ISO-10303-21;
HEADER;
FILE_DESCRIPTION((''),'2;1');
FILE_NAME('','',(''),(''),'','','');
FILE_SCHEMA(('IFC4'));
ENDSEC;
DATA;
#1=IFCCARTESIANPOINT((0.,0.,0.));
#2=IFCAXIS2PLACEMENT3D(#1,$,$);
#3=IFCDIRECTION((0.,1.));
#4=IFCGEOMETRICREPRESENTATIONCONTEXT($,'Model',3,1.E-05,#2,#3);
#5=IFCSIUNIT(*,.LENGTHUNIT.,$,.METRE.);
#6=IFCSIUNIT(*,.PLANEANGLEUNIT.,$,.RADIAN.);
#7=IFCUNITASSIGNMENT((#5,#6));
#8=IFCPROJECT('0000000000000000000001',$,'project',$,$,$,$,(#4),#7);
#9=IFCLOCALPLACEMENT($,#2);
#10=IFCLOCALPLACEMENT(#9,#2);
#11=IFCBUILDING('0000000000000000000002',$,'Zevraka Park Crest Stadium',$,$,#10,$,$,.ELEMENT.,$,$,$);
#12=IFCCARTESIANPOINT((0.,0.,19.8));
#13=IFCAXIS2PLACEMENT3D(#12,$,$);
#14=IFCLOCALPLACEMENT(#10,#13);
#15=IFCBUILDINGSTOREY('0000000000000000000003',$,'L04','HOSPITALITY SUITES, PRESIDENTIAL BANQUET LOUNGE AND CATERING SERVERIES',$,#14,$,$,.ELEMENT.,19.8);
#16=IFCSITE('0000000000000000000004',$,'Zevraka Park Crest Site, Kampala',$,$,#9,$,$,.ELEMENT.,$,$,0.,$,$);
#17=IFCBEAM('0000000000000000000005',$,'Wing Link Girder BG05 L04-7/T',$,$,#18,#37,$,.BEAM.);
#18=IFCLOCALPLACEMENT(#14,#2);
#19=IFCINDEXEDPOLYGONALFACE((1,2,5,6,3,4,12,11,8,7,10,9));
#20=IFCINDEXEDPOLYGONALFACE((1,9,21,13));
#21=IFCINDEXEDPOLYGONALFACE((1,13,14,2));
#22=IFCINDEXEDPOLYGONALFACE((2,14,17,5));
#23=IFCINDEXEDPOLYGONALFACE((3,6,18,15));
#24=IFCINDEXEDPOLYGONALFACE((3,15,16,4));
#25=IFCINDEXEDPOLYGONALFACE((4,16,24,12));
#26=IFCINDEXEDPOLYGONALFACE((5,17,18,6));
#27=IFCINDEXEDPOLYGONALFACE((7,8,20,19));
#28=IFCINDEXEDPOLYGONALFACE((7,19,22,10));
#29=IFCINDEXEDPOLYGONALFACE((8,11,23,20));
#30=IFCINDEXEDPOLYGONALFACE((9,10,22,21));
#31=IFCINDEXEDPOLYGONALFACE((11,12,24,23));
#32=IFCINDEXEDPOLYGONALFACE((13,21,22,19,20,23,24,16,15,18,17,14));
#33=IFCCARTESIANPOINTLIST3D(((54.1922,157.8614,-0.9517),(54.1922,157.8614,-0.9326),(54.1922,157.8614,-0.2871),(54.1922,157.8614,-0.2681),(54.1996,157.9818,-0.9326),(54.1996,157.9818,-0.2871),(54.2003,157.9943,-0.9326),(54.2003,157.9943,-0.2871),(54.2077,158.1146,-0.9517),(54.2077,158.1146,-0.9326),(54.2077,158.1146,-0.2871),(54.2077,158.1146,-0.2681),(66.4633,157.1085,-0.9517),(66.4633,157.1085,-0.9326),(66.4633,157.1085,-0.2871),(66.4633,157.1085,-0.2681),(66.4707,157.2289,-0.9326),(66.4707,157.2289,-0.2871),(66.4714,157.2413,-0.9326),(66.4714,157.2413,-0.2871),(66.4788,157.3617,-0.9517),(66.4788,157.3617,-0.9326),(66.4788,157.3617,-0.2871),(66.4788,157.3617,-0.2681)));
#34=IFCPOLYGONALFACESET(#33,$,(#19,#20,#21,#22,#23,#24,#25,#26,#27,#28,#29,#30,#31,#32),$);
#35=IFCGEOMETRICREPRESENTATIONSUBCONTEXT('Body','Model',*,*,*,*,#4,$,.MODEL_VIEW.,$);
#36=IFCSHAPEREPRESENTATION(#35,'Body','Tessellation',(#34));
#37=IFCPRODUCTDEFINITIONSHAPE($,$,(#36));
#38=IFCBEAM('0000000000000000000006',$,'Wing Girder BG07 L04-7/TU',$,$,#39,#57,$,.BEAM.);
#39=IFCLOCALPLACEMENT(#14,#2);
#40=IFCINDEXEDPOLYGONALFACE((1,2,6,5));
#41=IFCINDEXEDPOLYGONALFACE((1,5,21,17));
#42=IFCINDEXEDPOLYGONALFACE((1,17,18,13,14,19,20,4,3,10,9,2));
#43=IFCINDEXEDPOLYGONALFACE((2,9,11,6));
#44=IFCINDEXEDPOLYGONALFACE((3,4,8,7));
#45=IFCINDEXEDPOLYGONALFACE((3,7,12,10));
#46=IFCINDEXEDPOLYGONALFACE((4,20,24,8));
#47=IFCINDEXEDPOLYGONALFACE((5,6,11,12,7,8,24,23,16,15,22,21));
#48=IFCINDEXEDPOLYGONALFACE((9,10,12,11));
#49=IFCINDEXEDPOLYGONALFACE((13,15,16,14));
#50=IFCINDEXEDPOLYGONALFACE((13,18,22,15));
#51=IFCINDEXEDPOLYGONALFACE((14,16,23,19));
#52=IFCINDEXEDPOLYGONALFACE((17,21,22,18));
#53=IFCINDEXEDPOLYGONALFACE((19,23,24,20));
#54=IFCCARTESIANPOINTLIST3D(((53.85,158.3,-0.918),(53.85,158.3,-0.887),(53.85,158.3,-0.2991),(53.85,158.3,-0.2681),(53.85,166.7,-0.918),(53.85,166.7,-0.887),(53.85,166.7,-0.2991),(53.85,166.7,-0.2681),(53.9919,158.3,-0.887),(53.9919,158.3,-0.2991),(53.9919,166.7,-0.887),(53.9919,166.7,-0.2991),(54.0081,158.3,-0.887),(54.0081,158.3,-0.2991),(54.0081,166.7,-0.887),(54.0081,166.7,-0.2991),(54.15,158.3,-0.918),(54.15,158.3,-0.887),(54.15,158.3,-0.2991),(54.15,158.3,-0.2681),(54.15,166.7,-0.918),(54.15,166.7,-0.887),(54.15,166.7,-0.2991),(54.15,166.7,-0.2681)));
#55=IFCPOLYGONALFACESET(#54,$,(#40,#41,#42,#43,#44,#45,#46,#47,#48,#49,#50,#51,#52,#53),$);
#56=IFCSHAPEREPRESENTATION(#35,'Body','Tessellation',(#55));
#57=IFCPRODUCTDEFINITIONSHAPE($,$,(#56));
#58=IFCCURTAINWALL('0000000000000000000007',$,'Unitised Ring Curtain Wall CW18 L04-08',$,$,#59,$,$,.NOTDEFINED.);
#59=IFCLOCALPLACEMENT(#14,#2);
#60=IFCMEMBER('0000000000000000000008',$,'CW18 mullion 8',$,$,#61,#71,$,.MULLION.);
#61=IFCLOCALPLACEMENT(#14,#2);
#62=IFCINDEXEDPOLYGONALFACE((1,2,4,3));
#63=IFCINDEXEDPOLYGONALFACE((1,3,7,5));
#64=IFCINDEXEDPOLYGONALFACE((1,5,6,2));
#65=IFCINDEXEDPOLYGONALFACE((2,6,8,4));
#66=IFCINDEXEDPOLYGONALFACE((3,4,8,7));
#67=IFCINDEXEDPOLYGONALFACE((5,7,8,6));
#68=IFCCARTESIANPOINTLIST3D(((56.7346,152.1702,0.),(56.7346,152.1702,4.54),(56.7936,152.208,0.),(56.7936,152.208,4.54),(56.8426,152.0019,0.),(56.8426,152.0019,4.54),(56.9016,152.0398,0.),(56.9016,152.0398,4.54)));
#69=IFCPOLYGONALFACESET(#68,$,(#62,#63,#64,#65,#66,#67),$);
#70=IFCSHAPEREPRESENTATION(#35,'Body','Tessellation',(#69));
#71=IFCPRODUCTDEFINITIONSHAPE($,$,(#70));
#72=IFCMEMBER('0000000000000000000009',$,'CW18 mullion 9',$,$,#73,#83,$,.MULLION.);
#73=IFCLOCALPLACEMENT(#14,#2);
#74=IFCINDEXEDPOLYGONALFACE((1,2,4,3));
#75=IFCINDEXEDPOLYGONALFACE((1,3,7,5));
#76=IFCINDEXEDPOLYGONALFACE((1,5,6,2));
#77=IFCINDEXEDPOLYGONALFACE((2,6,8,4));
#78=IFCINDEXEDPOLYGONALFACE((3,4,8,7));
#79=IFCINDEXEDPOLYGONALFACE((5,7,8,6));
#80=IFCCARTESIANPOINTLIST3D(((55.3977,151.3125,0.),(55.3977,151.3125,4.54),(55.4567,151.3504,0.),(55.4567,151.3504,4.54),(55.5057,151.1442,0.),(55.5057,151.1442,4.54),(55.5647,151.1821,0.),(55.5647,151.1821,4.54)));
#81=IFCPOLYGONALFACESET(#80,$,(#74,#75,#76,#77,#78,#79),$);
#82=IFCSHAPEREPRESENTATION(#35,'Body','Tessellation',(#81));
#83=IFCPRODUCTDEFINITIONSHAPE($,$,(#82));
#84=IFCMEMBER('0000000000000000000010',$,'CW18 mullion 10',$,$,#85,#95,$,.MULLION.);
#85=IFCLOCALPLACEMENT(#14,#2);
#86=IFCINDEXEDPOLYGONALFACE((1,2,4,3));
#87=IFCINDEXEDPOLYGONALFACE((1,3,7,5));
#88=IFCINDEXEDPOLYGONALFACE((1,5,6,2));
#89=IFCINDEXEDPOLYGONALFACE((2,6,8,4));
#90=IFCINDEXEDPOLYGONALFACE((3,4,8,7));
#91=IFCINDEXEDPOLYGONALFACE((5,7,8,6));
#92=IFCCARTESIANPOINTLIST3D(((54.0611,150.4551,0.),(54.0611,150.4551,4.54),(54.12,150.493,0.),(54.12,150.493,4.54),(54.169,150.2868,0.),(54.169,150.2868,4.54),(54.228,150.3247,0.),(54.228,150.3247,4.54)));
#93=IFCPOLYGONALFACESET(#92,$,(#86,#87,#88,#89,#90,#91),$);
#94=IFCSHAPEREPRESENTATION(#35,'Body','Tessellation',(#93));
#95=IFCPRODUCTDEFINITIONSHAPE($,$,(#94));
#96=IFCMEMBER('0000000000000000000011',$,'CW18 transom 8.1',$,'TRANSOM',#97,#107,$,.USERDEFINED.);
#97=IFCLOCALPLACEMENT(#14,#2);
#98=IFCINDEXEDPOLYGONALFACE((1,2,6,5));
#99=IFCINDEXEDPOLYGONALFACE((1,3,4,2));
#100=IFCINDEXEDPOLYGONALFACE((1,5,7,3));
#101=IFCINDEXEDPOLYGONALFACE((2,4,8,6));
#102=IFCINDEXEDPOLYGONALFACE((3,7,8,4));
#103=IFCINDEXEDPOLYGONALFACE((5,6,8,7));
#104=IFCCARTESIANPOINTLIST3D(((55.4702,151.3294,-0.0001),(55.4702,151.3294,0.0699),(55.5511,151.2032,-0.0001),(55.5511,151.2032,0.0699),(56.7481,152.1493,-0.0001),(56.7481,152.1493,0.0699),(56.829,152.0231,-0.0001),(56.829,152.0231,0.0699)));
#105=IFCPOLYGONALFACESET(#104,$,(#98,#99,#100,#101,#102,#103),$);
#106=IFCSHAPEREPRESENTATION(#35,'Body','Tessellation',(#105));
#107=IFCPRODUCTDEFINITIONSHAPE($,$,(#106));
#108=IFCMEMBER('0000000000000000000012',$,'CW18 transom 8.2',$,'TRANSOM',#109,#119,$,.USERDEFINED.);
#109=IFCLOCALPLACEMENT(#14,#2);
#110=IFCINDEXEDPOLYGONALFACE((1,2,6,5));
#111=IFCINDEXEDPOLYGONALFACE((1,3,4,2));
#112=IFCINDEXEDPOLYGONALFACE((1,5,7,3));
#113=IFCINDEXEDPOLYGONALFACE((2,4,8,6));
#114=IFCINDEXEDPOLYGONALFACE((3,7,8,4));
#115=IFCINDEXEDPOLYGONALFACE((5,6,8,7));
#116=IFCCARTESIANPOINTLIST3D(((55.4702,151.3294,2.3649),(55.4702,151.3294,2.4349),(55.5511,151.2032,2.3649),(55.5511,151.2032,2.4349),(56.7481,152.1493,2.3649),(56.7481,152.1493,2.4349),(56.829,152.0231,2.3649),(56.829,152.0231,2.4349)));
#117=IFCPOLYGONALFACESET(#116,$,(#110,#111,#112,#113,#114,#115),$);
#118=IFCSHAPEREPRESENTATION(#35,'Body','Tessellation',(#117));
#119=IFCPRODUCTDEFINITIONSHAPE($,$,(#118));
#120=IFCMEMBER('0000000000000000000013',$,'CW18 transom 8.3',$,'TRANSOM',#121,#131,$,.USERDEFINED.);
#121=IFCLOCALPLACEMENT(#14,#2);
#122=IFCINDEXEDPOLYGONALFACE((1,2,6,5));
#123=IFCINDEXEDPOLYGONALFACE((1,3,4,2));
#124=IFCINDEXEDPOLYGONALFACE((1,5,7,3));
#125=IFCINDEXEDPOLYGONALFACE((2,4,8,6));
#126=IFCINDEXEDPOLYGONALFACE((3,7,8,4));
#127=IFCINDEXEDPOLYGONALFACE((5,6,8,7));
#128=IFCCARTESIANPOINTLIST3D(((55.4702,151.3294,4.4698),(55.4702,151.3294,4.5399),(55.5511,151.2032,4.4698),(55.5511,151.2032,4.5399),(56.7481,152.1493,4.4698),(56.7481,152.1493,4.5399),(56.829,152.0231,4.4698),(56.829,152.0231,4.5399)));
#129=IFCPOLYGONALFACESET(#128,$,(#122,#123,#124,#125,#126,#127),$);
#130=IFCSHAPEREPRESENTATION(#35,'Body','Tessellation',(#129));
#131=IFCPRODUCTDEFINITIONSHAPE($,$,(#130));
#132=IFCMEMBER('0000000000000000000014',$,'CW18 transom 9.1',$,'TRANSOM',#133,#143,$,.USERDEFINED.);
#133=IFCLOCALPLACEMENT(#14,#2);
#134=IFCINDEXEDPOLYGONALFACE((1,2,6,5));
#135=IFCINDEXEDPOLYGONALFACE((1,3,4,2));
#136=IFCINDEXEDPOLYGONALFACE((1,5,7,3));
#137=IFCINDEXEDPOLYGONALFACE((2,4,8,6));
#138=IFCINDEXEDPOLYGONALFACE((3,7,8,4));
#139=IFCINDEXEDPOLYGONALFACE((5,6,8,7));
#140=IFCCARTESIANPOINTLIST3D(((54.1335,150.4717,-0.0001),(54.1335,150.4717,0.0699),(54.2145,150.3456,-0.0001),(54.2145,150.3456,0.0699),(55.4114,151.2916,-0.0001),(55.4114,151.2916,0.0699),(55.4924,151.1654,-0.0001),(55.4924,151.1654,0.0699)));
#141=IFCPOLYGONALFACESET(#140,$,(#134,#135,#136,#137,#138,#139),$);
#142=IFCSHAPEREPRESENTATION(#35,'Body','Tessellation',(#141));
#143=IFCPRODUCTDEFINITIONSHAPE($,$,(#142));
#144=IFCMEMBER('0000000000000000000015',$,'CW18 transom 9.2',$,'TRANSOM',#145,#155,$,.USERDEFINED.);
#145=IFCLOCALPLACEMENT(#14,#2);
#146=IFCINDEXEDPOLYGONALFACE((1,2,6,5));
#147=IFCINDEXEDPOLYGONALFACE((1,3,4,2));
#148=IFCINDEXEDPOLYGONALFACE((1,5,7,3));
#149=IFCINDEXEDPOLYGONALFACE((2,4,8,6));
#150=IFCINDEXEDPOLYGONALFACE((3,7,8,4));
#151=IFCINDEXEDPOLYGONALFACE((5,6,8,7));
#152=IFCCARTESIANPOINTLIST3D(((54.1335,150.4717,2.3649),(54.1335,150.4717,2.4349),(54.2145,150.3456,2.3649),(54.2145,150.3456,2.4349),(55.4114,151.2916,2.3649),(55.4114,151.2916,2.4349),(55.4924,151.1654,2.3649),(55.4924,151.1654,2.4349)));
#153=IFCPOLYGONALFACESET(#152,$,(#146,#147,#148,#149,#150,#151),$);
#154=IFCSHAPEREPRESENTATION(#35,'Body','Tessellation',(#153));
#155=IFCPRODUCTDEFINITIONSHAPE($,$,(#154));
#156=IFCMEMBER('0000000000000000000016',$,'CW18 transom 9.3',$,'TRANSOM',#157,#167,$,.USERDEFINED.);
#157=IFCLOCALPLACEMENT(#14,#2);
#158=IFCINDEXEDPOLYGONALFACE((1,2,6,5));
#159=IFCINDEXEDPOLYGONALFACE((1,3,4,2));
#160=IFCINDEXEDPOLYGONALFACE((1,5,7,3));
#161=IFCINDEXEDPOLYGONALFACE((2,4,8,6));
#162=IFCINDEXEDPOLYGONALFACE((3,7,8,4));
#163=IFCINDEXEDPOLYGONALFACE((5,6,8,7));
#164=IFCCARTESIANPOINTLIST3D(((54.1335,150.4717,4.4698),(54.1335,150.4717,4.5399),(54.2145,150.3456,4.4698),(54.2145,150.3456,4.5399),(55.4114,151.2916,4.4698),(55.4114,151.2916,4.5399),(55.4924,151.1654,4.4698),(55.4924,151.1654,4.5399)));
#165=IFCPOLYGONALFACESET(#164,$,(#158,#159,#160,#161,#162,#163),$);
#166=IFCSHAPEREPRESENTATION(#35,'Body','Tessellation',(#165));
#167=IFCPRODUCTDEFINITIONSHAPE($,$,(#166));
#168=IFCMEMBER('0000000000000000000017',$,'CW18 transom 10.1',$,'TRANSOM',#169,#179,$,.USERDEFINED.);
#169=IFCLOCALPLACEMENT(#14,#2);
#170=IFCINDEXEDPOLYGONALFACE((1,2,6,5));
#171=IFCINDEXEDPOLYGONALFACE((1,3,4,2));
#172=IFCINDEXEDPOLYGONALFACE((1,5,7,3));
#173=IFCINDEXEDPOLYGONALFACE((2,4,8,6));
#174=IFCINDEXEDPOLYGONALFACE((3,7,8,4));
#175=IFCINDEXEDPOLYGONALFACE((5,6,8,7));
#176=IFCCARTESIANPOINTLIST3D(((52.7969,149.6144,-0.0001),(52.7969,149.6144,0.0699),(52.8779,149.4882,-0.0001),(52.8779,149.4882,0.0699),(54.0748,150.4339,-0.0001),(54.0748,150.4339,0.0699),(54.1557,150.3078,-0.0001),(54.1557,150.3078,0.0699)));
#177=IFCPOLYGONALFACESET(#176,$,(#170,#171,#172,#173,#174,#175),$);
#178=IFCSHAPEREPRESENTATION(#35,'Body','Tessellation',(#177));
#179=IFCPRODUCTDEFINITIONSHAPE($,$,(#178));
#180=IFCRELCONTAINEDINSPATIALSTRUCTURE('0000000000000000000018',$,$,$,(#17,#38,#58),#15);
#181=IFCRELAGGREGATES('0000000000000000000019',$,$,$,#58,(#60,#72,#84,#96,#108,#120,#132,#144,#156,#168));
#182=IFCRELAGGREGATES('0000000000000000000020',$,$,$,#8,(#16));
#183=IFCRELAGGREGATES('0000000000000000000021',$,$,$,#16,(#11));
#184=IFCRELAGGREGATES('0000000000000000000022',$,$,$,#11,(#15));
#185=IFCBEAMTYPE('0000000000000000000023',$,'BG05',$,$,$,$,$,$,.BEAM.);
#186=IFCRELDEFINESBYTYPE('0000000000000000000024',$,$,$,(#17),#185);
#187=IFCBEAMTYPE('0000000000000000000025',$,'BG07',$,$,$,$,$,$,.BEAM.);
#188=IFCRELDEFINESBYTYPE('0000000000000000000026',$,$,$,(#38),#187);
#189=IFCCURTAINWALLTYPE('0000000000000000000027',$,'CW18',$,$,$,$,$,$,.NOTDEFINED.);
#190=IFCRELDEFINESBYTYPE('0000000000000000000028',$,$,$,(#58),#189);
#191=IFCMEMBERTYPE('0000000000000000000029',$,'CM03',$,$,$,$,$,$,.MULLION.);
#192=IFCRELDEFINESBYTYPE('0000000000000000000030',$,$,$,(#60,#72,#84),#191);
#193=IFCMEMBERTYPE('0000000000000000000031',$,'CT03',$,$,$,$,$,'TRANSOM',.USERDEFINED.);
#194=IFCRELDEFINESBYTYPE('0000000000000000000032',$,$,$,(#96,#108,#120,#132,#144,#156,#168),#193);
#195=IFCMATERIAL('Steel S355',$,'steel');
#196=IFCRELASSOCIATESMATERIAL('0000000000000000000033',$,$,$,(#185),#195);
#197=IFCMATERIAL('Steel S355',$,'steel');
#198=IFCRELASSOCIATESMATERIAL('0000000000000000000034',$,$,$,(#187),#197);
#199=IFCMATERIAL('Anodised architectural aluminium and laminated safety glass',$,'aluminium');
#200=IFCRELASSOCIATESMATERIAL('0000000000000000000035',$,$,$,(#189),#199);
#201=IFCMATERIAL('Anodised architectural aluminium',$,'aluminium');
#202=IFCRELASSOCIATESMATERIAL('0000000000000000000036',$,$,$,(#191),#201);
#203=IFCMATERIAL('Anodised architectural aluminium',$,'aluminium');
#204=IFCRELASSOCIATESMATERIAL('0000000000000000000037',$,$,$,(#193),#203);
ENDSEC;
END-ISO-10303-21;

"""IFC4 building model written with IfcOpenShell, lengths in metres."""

from ifc_helpers import new_model, si_unit, direction, frame, origin, origin_2d, place, context, subcontext, project, spatial, rectangle, i_section, extrude, material, material_profile, profile_set, type_object, element, aggregate, save


model = new_model("IFC4")

# Units and contexts
model_context = context("Model", 3, precision=1e-05, world=origin(), true_north=direction((0.0, 1.0)))
body_context = subcontext(model_context, "Body", "Model", "MODEL_VIEW")
ifc_project = project(units=[si_unit("LENGTHUNIT", "METRE"), si_unit("PLANEANGLEUNIT", "RADIAN")], contexts=[model_context])

# Site, building, storey
site_placement = place(None, origin())
site = spatial("IfcSite", under=ifc_project, at=site_placement, Name="Zevraka Park Crest Site, Kampala", CompositionType="ELEMENT", RefElevation=0.0)
building_placement = place(site_placement, origin())
building = spatial("IfcBuilding", under=site, at=building_placement, Name="Zevraka Park Crest Stadium", CompositionType="ELEMENT")
storey_placement = place(building_placement, frame((0.0, 0.0, 19.8)))
storey = spatial("IfcBuildingStorey", under=building, at=storey_placement, Name="L04", Description="HOSPITALITY SUITES, PRESIDENTIAL BANQUET LOUNGE AND CATERING SERVERIES", CompositionType="ELEMENT", Elevation=19.8)

# Beams
ifc_material_1 = material(Name="Steel S355", Category="steel")
ifc_material_profile_1 = material_profile(ifc_material_1, i_section(OverallWidth=0.2537, OverallDepth=0.6836, WebThickness=0.0125, FlangeThickness=0.019, at=origin_2d()), Name="UKB 686x254x140")
ifc_profile_set_1 = profile_set([ifc_material_profile_1], Name="Steel S355")
beam_type_1 = type_object("IfcBeamType", Name="BG05", PredefinedType="BEAM", material=ifc_profile_set_1)
beam_1_placement = place(storey_placement, frame((54.2, 157.988, -0.6099), z_axis=(0.998123, -0.061243, 0.0), x_axis=(0.061243, 0.998123, 0.0)))
element("IfcBeam", 1, at=beam_1_placement, inside=storey, type_object=beam_type_1, Name="Wing Link Girder BG05 L04-7/T", PredefinedType="BEAM", context=body_context, shape_type="SweptSolid", body=[
    extrude(i_section(OverallWidth=0.2537, OverallDepth=0.6836, WebThickness=0.0125, FlangeThickness=0.019, at=origin_2d()), origin(), (0.0, 0.0, 1.0), 12.2942),
])
ifc_material_2 = material(Name="Steel S355", Category="steel")
ifc_material_profile_2 = material_profile(ifc_material_2, i_section(OverallWidth=0.3, OverallDepth=0.6499, WebThickness=0.0161, FlangeThickness=0.031, at=origin_2d()), Name="HEB 650")
ifc_profile_set_2 = profile_set([ifc_material_profile_2], Name="Steel S355")
beam_type_2 = type_object("IfcBeamType", Name="BG07", PredefinedType="BEAM", material=ifc_profile_set_2)
beam_2_placement = place(storey_placement, frame((54.0, 158.3, -0.593), z_axis=(0.0, 1.0, 0.0), x_axis=(-1.0, 0.0, 0.0)))
element("IfcBeam", 2, at=beam_2_placement, inside=storey, type_object=beam_type_2, Name="Wing Girder BG07 L04-7/TU", PredefinedType="BEAM", context=body_context, shape_type="SweptSolid", body=[
    extrude(i_section(OverallWidth=0.3, OverallDepth=0.6499, WebThickness=0.0161, FlangeThickness=0.031, at=origin_2d()), origin(), (0.0, 0.0, 1.0), 8.3999),
])

# Curtain wall, members
ifc_material_3 = material(Name="Anodised architectural aluminium and laminated safety glass", Category="aluminium")
curtain_wall_type = type_object("IfcCurtainWallType", Name="CW18", PredefinedType="NOTDEFINED", material=ifc_material_3)
curtain_wall_placement = place(storey_placement, origin())
curtain_wall = element("IfcCurtainWall", 3, at=curtain_wall_placement, inside=storey, type_object=curtain_wall_type, Name="Unitised Ring Curtain Wall CW18 L04-08", PredefinedType="NOTDEFINED")
ifc_material_4 = material(Name="Anodised architectural aluminium", Category="aluminium")
ifc_material_profile_3 = material_profile(ifc_material_4, rectangle(XDim=0.2, YDim=0.0701, at=origin_2d()), Name="ALU MULLION 200x70")
ifc_profile_set_3 = profile_set([ifc_material_profile_3], Name="Anodised architectural aluminium")
member_type_1 = type_object("IfcMemberType", Name="CM03", PredefinedType="MULLION", material=ifc_profile_set_3)
member_1_placement = place(storey_placement, frame((56.8181, 152.105, 0.0), z_axis=(0.0, 0.0, 1.0), x_axis=(0.53998, -0.841678, 0.0)))
member_1 = element("IfcMember", 4, at=member_1_placement, type_object=member_type_1, Name="CW18 mullion 8", PredefinedType="MULLION", context=body_context, shape_type="SweptSolid", body=[
    extrude(rectangle(XDim=0.2, YDim=0.0701, at=origin_2d()), origin(), (0.0, 0.0, 1.0), 4.54),
])
member_2_placement = place(storey_placement, frame((55.4812, 151.2473, 0.0), z_axis=(0.0, 0.0, 1.0), x_axis=(0.53998, -0.841678, 0.0)))
member_2 = element("IfcMember", 5, at=member_2_placement, type_object=member_type_1, Name="CW18 mullion 9", PredefinedType="MULLION", context=body_context, shape_type="SweptSolid", body=[
    extrude(rectangle(XDim=0.2, YDim=0.0701, at=origin_2d()), origin(), (0.0, 0.0, 1.0), 4.54),
])
member_3_placement = place(storey_placement, frame((54.1445, 150.3899, 0.0), z_axis=(0.0, 0.0, 1.0), x_axis=(0.53998, -0.841678, 0.0)))
member_3 = element("IfcMember", 6, at=member_3_placement, type_object=member_type_1, Name="CW18 mullion 10", PredefinedType="MULLION", context=body_context, shape_type="SweptSolid", body=[
    extrude(rectangle(XDim=0.2, YDim=0.0701, at=origin_2d()), origin(), (0.0, 0.0, 1.0), 4.54),
])
ifc_material_5 = material(Name="Anodised architectural aluminium", Category="aluminium")
ifc_material_profile_4 = material_profile(ifc_material_5, rectangle(XDim=0.1499, YDim=0.0701, at=origin_2d()), Name="ALU TRANSOM 150x70")
ifc_profile_set_4 = profile_set([ifc_material_profile_4], Name="Anodised architectural aluminium")
member_type_2 = type_object("IfcMemberType", Name="CT03", ElementType="TRANSOM", PredefinedType="USERDEFINED", material=ifc_profile_set_4)
member_4_placement = place(storey_placement, frame((56.7886, 152.0862, 0.0349), z_axis=(-0.841669, -0.539993, 0.0), x_axis=(0.539993, -0.841669, 0.0)))
member_4 = element("IfcMember", 7, at=member_4_placement, type_object=member_type_2, Name="CW18 transom 8.1", ObjectType="TRANSOM", PredefinedType="USERDEFINED", context=body_context, shape_type="SweptSolid", body=[
    extrude(rectangle(XDim=0.1499, YDim=0.0701, at=origin_2d()), origin(), (0.0, 0.0, 1.0), 1.5183),
])
member_5_placement = place(storey_placement, frame((56.7886, 152.0862, 2.3999), z_axis=(-0.841669, -0.539993, 0.0), x_axis=(0.539993, -0.841669, 0.0)))
member_5 = element("IfcMember", 8, at=member_5_placement, type_object=member_type_2, Name="CW18 transom 8.2", ObjectType="TRANSOM", PredefinedType="USERDEFINED", context=body_context, shape_type="SweptSolid", body=[
    extrude(rectangle(XDim=0.1499, YDim=0.0701, at=origin_2d()), origin(), (0.0, 0.0, 1.0), 1.5183),
])
member_6_placement = place(storey_placement, frame((56.7886, 152.0862, 4.5049), z_axis=(-0.841669, -0.539993, 0.0), x_axis=(0.539993, -0.841669, 0.0)))
member_6 = element("IfcMember", 9, at=member_6_placement, type_object=member_type_2, Name="CW18 transom 8.3", ObjectType="TRANSOM", PredefinedType="USERDEFINED", context=body_context, shape_type="SweptSolid", body=[
    extrude(rectangle(XDim=0.1499, YDim=0.0701, at=origin_2d()), origin(), (0.0, 0.0, 1.0), 1.5183),
])
member_7_placement = place(storey_placement, frame((55.4519, 151.2285, 0.0349), z_axis=(-0.841669, -0.539993, 0.0), x_axis=(0.539993, -0.841669, 0.0)))
member_7 = element("IfcMember", 10, at=member_7_placement, type_object=member_type_2, Name="CW18 transom 9.1", ObjectType="TRANSOM", PredefinedType="USERDEFINED", context=body_context, shape_type="SweptSolid", body=[
    extrude(rectangle(XDim=0.1499, YDim=0.0701, at=origin_2d()), origin(), (0.0, 0.0, 1.0), 1.5183),
])
member_8_placement = place(storey_placement, frame((55.4519, 151.2285, 2.3999), z_axis=(-0.841669, -0.539993, 0.0), x_axis=(0.539993, -0.841669, 0.0)))
member_8 = element("IfcMember", 11, at=member_8_placement, type_object=member_type_2, Name="CW18 transom 9.2", ObjectType="TRANSOM", PredefinedType="USERDEFINED", context=body_context, shape_type="SweptSolid", body=[
    extrude(rectangle(XDim=0.1499, YDim=0.0701, at=origin_2d()), origin(), (0.0, 0.0, 1.0), 1.5183),
])
member_9_placement = place(storey_placement, frame((55.4519, 151.2285, 4.5049), z_axis=(-0.841669, -0.539993, 0.0), x_axis=(0.539993, -0.841669, 0.0)))
member_9 = element("IfcMember", 12, at=member_9_placement, type_object=member_type_2, Name="CW18 transom 9.3", ObjectType="TRANSOM", PredefinedType="USERDEFINED", context=body_context, shape_type="SweptSolid", body=[
    extrude(rectangle(XDim=0.1499, YDim=0.0701, at=origin_2d()), origin(), (0.0, 0.0, 1.0), 1.5183),
])
member_10_placement = place(storey_placement, frame((54.1152, 150.3708, 0.0349), z_axis=(-0.841742, -0.539879, 0.0), x_axis=(0.539879, -0.841742, 0.0)))
member_10 = element("IfcMember", 13, at=member_10_placement, type_object=member_type_2, Name="CW18 transom 10.1", ObjectType="TRANSOM", PredefinedType="USERDEFINED", context=body_context, shape_type="SweptSolid", body=[
    extrude(rectangle(XDim=0.1499, YDim=0.0701, at=origin_2d()), origin(), (0.0, 0.0, 1.0), 1.5181),
])
aggregate(curtain_wall, [member_1, member_2, member_3, member_4, member_5, member_6, member_7, member_8, member_9, member_10])

save(model, "model.ifc")
